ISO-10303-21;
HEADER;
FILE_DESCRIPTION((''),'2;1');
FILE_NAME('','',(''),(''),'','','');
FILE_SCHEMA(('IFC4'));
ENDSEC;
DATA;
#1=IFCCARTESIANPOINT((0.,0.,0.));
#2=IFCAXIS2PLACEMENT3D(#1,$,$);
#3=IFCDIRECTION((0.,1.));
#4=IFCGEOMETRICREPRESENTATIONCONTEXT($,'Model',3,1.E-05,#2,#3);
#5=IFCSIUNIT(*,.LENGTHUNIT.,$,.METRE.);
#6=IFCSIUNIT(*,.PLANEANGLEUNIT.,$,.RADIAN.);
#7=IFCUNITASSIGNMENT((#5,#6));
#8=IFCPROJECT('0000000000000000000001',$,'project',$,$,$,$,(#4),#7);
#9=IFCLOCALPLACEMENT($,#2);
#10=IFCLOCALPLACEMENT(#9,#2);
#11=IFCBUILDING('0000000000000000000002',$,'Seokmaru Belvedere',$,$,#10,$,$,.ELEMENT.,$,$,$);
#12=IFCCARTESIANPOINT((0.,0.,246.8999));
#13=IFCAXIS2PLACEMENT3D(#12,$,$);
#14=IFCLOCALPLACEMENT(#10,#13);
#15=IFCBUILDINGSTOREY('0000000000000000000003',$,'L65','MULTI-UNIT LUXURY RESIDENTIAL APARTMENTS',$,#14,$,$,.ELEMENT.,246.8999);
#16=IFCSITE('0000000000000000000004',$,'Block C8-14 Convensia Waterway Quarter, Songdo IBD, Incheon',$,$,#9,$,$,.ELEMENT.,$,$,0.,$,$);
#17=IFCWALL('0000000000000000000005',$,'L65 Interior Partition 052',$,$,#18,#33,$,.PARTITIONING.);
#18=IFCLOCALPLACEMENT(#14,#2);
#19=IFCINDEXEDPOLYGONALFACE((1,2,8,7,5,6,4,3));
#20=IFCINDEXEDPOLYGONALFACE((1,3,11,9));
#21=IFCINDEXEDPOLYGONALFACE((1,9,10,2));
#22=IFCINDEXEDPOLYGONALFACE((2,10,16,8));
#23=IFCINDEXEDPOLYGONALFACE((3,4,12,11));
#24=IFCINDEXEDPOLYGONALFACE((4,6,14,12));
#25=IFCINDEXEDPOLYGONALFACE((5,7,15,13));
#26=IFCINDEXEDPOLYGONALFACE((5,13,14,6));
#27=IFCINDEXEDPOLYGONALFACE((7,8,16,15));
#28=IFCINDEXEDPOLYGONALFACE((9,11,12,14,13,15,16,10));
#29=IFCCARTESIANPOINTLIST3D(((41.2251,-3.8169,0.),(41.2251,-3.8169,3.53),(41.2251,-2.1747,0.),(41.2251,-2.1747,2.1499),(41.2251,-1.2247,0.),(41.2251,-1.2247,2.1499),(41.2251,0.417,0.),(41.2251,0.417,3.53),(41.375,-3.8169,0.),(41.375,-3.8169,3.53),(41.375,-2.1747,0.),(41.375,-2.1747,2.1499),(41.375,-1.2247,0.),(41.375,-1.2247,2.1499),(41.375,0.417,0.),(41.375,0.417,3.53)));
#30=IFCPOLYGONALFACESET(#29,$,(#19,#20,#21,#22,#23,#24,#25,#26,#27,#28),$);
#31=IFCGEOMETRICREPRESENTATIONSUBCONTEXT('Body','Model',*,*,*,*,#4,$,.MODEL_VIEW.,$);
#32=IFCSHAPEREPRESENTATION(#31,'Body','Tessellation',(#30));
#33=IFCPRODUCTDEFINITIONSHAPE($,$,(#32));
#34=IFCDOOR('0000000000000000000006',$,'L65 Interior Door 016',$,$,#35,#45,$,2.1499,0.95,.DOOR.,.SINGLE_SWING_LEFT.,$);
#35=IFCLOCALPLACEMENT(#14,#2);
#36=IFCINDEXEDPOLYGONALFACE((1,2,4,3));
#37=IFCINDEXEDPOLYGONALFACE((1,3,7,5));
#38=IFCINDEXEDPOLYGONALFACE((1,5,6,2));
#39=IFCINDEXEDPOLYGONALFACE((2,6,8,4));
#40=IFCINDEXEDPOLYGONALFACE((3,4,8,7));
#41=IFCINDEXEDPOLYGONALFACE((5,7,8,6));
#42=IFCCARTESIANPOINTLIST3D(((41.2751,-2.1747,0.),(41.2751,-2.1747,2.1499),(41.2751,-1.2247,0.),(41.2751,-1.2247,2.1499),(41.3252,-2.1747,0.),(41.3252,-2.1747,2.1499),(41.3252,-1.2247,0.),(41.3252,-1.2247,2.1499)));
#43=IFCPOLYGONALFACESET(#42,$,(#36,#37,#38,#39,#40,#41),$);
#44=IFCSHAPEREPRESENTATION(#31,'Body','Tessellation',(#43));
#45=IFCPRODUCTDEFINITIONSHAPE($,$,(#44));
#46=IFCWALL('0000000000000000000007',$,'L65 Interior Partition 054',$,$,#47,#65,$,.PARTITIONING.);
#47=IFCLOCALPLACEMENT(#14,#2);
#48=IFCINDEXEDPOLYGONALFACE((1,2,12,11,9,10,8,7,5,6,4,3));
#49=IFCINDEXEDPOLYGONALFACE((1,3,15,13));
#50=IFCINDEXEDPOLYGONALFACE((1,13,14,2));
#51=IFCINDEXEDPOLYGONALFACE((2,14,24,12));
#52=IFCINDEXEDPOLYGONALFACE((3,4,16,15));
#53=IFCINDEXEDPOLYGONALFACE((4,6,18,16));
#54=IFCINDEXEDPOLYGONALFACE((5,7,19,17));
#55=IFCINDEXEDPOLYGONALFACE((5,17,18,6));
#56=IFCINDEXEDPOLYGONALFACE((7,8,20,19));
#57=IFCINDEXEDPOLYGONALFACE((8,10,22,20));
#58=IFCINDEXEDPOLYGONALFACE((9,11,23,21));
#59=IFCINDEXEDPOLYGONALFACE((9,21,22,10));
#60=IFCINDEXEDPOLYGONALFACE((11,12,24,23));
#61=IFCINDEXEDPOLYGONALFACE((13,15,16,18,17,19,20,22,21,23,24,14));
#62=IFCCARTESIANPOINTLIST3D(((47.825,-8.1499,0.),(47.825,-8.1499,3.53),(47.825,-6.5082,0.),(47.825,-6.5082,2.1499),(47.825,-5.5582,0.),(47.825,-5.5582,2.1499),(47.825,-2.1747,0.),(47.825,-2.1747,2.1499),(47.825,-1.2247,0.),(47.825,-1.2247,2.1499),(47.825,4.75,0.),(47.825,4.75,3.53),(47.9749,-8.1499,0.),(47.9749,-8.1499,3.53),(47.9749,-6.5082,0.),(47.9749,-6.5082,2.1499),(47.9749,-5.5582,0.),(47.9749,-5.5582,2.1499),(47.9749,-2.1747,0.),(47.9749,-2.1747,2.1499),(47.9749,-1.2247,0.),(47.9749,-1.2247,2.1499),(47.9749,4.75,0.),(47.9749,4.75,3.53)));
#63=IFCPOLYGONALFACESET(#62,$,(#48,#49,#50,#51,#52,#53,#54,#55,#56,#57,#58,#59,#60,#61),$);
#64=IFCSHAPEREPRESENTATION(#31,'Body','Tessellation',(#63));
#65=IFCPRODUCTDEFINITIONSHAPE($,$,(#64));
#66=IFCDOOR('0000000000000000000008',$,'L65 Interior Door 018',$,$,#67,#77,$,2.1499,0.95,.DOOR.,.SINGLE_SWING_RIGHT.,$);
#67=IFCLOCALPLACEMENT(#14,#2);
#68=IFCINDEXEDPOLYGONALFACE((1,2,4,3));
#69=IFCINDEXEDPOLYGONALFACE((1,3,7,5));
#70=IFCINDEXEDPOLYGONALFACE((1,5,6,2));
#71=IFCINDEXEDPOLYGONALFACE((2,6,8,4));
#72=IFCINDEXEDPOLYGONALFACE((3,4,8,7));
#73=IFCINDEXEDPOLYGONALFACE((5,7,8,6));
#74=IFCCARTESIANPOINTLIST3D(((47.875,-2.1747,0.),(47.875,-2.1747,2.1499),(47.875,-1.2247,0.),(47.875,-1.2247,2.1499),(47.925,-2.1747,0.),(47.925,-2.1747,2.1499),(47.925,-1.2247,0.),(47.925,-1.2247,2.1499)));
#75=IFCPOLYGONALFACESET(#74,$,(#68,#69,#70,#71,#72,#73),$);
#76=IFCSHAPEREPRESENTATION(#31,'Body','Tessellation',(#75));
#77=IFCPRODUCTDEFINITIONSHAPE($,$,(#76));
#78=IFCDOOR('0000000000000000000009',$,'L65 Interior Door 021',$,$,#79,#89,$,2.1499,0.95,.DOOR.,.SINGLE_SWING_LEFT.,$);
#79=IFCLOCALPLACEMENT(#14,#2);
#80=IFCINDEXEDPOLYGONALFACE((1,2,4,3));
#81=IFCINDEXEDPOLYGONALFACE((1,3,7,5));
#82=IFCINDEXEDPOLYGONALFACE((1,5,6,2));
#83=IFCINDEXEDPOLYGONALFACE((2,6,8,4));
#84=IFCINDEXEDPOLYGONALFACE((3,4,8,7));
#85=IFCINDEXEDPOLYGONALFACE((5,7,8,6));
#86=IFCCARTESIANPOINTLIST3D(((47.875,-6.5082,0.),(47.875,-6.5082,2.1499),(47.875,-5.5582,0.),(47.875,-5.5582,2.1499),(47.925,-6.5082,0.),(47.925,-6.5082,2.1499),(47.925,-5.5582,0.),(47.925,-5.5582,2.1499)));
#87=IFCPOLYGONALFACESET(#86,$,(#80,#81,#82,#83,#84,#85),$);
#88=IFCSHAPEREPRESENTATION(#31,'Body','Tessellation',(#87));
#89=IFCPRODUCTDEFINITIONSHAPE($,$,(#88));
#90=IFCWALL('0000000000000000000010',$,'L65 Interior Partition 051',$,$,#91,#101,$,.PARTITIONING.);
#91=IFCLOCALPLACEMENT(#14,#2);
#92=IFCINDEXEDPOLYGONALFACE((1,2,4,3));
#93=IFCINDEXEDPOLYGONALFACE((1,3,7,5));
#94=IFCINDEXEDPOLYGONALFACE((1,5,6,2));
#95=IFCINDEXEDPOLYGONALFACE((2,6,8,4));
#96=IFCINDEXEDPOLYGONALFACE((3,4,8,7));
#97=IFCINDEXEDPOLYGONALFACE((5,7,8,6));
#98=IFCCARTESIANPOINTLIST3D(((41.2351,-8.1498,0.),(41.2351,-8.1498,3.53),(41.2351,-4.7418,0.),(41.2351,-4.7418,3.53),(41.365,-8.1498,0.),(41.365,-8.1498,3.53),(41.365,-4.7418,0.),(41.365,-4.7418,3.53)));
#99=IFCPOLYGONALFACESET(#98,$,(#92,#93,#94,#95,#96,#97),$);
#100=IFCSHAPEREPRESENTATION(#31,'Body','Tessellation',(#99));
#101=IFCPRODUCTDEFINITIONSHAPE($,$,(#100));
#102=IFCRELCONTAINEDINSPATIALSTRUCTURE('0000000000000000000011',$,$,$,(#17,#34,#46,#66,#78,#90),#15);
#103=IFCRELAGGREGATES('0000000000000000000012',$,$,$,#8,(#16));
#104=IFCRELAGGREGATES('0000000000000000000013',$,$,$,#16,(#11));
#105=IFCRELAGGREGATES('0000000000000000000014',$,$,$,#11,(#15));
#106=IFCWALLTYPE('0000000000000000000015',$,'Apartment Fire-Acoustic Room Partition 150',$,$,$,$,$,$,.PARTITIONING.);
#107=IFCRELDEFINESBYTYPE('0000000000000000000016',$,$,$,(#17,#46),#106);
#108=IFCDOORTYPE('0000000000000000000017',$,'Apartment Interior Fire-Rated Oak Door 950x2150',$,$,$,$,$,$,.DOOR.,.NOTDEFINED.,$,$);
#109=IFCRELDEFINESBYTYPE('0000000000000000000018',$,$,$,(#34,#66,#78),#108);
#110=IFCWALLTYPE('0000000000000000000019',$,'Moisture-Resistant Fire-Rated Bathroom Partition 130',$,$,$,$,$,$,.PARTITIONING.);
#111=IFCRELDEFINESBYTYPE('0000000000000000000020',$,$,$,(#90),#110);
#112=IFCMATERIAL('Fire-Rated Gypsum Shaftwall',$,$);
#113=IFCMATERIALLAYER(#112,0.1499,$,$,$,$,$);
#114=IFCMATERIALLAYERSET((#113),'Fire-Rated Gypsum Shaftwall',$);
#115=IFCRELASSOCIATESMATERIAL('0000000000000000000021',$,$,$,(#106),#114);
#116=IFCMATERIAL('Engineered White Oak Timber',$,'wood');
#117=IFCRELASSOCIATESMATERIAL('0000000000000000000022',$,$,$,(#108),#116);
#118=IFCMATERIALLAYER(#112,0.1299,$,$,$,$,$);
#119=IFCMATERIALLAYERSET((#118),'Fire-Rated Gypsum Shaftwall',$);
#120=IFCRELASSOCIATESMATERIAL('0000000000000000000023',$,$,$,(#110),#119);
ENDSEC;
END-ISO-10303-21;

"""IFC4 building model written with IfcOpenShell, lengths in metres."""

from ifc_helpers import new_model, si_unit, direction, frame, frame_2d, origin, place, context, subcontext, project, spatial, rectangle, extrude, source, transform, mapped, material, layer, layer_set, type_object, type_shapes, element, fill, save


model = new_model("IFC4")

# Units and contexts
model_context = context("Model", 3, precision=1e-05, world=origin(), true_north=direction((0.0, 1.0)))
body_context = subcontext(model_context, "Body", "Model", "MODEL_VIEW")
ifc_project = project(units=[si_unit("LENGTHUNIT", "METRE"), si_unit("PLANEANGLEUNIT", "RADIAN")], contexts=[model_context])

# Site, building, storey
site_placement = place(None, origin())
site = spatial("IfcSite", under=ifc_project, at=site_placement, Name="Block C8-14 Convensia Waterway Quarter, Songdo IBD, Incheon", CompositionType="ELEMENT", RefElevation=0.0)
building_placement = place(site_placement, origin())
building = spatial("IfcBuilding", under=site, at=building_placement, Name="Seokmaru Belvedere", CompositionType="ELEMENT")
storey_placement = place(building_placement, frame((0.0, 0.0, 246.8999)))
storey = spatial("IfcBuildingStorey", under=building, at=storey_placement, Name="L65", Description="MULTI-UNIT LUXURY RESIDENTIAL APARTMENTS", CompositionType="ELEMENT", Elevation=246.8999)

# Wall, opening, door
ifc_material_1 = material(Name="Fire-Rated Gypsum Shaftwall")
ifc_layer_1 = layer(ifc_material_1, 0.1499)
ifc_layer_set_1 = layer_set([ifc_layer_1], Name="Fire-Rated Gypsum Shaftwall")
wall_type_1 = type_object("IfcWallType", Name="Apartment Fire-Acoustic Room Partition 150", PredefinedType="PARTITIONING", material=ifc_layer_set_1)
ifc_material_2 = material(Name="Engineered White Oak Timber", Category="wood")
door_type = type_object("IfcDoorType", Name="Apartment Interior Fire-Rated Oak Door 950x2150", OperationType="NOTDEFINED", PredefinedType="DOOR", material=ifc_material_2)
shared_shape_1 = source(origin(), body_context, "Body", "SweptSolid", [
    extrude(rectangle(XDim=0.95, YDim=2.1499, at=frame_2d((0.4751, 1.075))), frame((0.0, 0.0249, 0.0), z_axis=(0.0, -1.0, 0.0), x_axis=(1.0, 0.0, 0.0)), (0.0, 0.0, 1.0), 0.05),
])
type_shapes(door_type, [shared_shape_1])
wall_1_placement = place(storey_placement, frame((41.3, -3.8169, 0.0), z_axis=(0.0, 0.0, 1.0), x_axis=(0.0, 1.0, 0.0)))
wall_1 = element("IfcWall", 1, at=wall_1_placement, inside=storey, type_object=wall_type_1, Name="L65 Interior Partition 052", PredefinedType="PARTITIONING", context=body_context, shape_type="SweptSolid", body=[
    extrude(rectangle(XDim=4.2339, YDim=0.1499, at=frame_2d((2.1169, 0.0))), origin(), (0.0, 0.0, 1.0), 3.53),
])
opening_1_placement = place(wall_1_placement, frame((1.6421, 0.0, 0.0)))
opening_1 = element("IfcOpeningElement", 2, at=opening_1_placement, cuts=wall_1, PredefinedType="OPENING", context=body_context, shape_type="SweptSolid", body=[
    extrude(rectangle(XDim=0.95, YDim=2.1499, at=frame_2d((0.4751, 1.075))), frame((0.0, 0.085, 0.0), z_axis=(0.0, -1.0, 0.0), x_axis=(1.0, 0.0, 0.0)), (0.0, 0.0, 1.0), 0.1699),
])
door_1_placement = place(opening_1_placement, origin())
door_1 = element("IfcDoor", 3, at=door_1_placement, inside=storey, type_object=door_type, Name="L65 Interior Door 016", OperationType="SINGLE_SWING_LEFT", OverallHeight=2.1499, OverallWidth=0.95, PredefinedType="DOOR", context=body_context, shape_type="MappedRepresentation", body=[
    mapped(shared_shape_1, transform((0.0, 0.0, 0.0), scale=1.0)),
])
fill(opening_1, door_1)

# Wall, openings, doors
wall_2_placement = place(storey_placement, frame((47.8999, -8.1499, 0.0), z_axis=(0.0, 0.0, 1.0), x_axis=(0.0, 1.0, 0.0)))
wall_2 = element("IfcWall", 4, at=wall_2_placement, inside=storey, type_object=wall_type_1, Name="L65 Interior Partition 054", PredefinedType="PARTITIONING", context=body_context, shape_type="SweptSolid", body=[
    extrude(rectangle(XDim=12.8999, YDim=0.1499, at=frame_2d((6.45, 0.0))), origin(), (0.0, 0.0, 1.0), 3.53),
])
opening_2_placement = place(wall_2_placement, frame((5.9751, 0.0, 0.0)))
opening_2 = element("IfcOpeningElement", 5, at=opening_2_placement, cuts=wall_2, PredefinedType="OPENING", context=body_context, shape_type="SweptSolid", body=[
    extrude(rectangle(XDim=0.95, YDim=2.1499, at=frame_2d((0.4751, 1.075))), frame((0.0, 0.085, 0.0), z_axis=(0.0, -1.0, 0.0), x_axis=(1.0, 0.0, 0.0)), (0.0, 0.0, 1.0), 0.1699),
])
opening_3_placement = place(wall_2_placement, frame((1.6416, 0.0, 0.0)))
opening_3 = element("IfcOpeningElement", 6, at=opening_3_placement, cuts=wall_2, PredefinedType="OPENING", context=body_context, shape_type="SweptSolid", body=[
    extrude(rectangle(XDim=0.95, YDim=2.1499, at=frame_2d((0.4751, 1.075))), frame((0.0, 0.085, 0.0), z_axis=(0.0, -1.0, 0.0), x_axis=(1.0, 0.0, 0.0)), (0.0, 0.0, 1.0), 0.1699),
])
door_2_placement = place(opening_2_placement, origin())
door_2 = element("IfcDoor", 7, at=door_2_placement, inside=storey, type_object=door_type, Name="L65 Interior Door 018", OperationType="SINGLE_SWING_RIGHT", OverallHeight=2.1499, OverallWidth=0.95, PredefinedType="DOOR", context=body_context, shape_type="MappedRepresentation", body=[
    mapped(shared_shape_1, transform((0.0, 0.0, 0.0), scale=1.0)),
])
fill(opening_2, door_2)
door_3_placement = place(opening_3_placement, origin())
door_3 = element("IfcDoor", 8, at=door_3_placement, inside=storey, type_object=door_type, Name="L65 Interior Door 021", OperationType="SINGLE_SWING_LEFT", OverallHeight=2.1499, OverallWidth=0.95, PredefinedType="DOOR", context=body_context, shape_type="MappedRepresentation", body=[
    mapped(shared_shape_1, transform((0.0, 0.0, 0.0), scale=1.0)),
])
fill(opening_3, door_3)

# Wall
ifc_layer_2 = layer(ifc_material_1, 0.1299)
ifc_layer_set_2 = layer_set([ifc_layer_2], Name="Fire-Rated Gypsum Shaftwall")
wall_type_2 = type_object("IfcWallType", Name="Moisture-Resistant Fire-Rated Bathroom Partition 130", PredefinedType="PARTITIONING", material=ifc_layer_set_2)
wall_3_placement = place(storey_placement, frame((41.3, -8.1499, 0.0), z_axis=(0.0, 0.0, 1.0), x_axis=(0.0, 1.0, 0.0)))
element("IfcWall", 9, at=wall_3_placement, inside=storey, type_object=wall_type_2, Name="L65 Interior Partition 051", PredefinedType="PARTITIONING", context=body_context, shape_type="SweptSolid", body=[
    extrude(rectangle(XDim=3.408, YDim=0.1299, at=frame_2d((1.7041, 0.0))), origin(), (0.0, 0.0, 1.0), 3.53),
])

save(model, "model.ifc")
